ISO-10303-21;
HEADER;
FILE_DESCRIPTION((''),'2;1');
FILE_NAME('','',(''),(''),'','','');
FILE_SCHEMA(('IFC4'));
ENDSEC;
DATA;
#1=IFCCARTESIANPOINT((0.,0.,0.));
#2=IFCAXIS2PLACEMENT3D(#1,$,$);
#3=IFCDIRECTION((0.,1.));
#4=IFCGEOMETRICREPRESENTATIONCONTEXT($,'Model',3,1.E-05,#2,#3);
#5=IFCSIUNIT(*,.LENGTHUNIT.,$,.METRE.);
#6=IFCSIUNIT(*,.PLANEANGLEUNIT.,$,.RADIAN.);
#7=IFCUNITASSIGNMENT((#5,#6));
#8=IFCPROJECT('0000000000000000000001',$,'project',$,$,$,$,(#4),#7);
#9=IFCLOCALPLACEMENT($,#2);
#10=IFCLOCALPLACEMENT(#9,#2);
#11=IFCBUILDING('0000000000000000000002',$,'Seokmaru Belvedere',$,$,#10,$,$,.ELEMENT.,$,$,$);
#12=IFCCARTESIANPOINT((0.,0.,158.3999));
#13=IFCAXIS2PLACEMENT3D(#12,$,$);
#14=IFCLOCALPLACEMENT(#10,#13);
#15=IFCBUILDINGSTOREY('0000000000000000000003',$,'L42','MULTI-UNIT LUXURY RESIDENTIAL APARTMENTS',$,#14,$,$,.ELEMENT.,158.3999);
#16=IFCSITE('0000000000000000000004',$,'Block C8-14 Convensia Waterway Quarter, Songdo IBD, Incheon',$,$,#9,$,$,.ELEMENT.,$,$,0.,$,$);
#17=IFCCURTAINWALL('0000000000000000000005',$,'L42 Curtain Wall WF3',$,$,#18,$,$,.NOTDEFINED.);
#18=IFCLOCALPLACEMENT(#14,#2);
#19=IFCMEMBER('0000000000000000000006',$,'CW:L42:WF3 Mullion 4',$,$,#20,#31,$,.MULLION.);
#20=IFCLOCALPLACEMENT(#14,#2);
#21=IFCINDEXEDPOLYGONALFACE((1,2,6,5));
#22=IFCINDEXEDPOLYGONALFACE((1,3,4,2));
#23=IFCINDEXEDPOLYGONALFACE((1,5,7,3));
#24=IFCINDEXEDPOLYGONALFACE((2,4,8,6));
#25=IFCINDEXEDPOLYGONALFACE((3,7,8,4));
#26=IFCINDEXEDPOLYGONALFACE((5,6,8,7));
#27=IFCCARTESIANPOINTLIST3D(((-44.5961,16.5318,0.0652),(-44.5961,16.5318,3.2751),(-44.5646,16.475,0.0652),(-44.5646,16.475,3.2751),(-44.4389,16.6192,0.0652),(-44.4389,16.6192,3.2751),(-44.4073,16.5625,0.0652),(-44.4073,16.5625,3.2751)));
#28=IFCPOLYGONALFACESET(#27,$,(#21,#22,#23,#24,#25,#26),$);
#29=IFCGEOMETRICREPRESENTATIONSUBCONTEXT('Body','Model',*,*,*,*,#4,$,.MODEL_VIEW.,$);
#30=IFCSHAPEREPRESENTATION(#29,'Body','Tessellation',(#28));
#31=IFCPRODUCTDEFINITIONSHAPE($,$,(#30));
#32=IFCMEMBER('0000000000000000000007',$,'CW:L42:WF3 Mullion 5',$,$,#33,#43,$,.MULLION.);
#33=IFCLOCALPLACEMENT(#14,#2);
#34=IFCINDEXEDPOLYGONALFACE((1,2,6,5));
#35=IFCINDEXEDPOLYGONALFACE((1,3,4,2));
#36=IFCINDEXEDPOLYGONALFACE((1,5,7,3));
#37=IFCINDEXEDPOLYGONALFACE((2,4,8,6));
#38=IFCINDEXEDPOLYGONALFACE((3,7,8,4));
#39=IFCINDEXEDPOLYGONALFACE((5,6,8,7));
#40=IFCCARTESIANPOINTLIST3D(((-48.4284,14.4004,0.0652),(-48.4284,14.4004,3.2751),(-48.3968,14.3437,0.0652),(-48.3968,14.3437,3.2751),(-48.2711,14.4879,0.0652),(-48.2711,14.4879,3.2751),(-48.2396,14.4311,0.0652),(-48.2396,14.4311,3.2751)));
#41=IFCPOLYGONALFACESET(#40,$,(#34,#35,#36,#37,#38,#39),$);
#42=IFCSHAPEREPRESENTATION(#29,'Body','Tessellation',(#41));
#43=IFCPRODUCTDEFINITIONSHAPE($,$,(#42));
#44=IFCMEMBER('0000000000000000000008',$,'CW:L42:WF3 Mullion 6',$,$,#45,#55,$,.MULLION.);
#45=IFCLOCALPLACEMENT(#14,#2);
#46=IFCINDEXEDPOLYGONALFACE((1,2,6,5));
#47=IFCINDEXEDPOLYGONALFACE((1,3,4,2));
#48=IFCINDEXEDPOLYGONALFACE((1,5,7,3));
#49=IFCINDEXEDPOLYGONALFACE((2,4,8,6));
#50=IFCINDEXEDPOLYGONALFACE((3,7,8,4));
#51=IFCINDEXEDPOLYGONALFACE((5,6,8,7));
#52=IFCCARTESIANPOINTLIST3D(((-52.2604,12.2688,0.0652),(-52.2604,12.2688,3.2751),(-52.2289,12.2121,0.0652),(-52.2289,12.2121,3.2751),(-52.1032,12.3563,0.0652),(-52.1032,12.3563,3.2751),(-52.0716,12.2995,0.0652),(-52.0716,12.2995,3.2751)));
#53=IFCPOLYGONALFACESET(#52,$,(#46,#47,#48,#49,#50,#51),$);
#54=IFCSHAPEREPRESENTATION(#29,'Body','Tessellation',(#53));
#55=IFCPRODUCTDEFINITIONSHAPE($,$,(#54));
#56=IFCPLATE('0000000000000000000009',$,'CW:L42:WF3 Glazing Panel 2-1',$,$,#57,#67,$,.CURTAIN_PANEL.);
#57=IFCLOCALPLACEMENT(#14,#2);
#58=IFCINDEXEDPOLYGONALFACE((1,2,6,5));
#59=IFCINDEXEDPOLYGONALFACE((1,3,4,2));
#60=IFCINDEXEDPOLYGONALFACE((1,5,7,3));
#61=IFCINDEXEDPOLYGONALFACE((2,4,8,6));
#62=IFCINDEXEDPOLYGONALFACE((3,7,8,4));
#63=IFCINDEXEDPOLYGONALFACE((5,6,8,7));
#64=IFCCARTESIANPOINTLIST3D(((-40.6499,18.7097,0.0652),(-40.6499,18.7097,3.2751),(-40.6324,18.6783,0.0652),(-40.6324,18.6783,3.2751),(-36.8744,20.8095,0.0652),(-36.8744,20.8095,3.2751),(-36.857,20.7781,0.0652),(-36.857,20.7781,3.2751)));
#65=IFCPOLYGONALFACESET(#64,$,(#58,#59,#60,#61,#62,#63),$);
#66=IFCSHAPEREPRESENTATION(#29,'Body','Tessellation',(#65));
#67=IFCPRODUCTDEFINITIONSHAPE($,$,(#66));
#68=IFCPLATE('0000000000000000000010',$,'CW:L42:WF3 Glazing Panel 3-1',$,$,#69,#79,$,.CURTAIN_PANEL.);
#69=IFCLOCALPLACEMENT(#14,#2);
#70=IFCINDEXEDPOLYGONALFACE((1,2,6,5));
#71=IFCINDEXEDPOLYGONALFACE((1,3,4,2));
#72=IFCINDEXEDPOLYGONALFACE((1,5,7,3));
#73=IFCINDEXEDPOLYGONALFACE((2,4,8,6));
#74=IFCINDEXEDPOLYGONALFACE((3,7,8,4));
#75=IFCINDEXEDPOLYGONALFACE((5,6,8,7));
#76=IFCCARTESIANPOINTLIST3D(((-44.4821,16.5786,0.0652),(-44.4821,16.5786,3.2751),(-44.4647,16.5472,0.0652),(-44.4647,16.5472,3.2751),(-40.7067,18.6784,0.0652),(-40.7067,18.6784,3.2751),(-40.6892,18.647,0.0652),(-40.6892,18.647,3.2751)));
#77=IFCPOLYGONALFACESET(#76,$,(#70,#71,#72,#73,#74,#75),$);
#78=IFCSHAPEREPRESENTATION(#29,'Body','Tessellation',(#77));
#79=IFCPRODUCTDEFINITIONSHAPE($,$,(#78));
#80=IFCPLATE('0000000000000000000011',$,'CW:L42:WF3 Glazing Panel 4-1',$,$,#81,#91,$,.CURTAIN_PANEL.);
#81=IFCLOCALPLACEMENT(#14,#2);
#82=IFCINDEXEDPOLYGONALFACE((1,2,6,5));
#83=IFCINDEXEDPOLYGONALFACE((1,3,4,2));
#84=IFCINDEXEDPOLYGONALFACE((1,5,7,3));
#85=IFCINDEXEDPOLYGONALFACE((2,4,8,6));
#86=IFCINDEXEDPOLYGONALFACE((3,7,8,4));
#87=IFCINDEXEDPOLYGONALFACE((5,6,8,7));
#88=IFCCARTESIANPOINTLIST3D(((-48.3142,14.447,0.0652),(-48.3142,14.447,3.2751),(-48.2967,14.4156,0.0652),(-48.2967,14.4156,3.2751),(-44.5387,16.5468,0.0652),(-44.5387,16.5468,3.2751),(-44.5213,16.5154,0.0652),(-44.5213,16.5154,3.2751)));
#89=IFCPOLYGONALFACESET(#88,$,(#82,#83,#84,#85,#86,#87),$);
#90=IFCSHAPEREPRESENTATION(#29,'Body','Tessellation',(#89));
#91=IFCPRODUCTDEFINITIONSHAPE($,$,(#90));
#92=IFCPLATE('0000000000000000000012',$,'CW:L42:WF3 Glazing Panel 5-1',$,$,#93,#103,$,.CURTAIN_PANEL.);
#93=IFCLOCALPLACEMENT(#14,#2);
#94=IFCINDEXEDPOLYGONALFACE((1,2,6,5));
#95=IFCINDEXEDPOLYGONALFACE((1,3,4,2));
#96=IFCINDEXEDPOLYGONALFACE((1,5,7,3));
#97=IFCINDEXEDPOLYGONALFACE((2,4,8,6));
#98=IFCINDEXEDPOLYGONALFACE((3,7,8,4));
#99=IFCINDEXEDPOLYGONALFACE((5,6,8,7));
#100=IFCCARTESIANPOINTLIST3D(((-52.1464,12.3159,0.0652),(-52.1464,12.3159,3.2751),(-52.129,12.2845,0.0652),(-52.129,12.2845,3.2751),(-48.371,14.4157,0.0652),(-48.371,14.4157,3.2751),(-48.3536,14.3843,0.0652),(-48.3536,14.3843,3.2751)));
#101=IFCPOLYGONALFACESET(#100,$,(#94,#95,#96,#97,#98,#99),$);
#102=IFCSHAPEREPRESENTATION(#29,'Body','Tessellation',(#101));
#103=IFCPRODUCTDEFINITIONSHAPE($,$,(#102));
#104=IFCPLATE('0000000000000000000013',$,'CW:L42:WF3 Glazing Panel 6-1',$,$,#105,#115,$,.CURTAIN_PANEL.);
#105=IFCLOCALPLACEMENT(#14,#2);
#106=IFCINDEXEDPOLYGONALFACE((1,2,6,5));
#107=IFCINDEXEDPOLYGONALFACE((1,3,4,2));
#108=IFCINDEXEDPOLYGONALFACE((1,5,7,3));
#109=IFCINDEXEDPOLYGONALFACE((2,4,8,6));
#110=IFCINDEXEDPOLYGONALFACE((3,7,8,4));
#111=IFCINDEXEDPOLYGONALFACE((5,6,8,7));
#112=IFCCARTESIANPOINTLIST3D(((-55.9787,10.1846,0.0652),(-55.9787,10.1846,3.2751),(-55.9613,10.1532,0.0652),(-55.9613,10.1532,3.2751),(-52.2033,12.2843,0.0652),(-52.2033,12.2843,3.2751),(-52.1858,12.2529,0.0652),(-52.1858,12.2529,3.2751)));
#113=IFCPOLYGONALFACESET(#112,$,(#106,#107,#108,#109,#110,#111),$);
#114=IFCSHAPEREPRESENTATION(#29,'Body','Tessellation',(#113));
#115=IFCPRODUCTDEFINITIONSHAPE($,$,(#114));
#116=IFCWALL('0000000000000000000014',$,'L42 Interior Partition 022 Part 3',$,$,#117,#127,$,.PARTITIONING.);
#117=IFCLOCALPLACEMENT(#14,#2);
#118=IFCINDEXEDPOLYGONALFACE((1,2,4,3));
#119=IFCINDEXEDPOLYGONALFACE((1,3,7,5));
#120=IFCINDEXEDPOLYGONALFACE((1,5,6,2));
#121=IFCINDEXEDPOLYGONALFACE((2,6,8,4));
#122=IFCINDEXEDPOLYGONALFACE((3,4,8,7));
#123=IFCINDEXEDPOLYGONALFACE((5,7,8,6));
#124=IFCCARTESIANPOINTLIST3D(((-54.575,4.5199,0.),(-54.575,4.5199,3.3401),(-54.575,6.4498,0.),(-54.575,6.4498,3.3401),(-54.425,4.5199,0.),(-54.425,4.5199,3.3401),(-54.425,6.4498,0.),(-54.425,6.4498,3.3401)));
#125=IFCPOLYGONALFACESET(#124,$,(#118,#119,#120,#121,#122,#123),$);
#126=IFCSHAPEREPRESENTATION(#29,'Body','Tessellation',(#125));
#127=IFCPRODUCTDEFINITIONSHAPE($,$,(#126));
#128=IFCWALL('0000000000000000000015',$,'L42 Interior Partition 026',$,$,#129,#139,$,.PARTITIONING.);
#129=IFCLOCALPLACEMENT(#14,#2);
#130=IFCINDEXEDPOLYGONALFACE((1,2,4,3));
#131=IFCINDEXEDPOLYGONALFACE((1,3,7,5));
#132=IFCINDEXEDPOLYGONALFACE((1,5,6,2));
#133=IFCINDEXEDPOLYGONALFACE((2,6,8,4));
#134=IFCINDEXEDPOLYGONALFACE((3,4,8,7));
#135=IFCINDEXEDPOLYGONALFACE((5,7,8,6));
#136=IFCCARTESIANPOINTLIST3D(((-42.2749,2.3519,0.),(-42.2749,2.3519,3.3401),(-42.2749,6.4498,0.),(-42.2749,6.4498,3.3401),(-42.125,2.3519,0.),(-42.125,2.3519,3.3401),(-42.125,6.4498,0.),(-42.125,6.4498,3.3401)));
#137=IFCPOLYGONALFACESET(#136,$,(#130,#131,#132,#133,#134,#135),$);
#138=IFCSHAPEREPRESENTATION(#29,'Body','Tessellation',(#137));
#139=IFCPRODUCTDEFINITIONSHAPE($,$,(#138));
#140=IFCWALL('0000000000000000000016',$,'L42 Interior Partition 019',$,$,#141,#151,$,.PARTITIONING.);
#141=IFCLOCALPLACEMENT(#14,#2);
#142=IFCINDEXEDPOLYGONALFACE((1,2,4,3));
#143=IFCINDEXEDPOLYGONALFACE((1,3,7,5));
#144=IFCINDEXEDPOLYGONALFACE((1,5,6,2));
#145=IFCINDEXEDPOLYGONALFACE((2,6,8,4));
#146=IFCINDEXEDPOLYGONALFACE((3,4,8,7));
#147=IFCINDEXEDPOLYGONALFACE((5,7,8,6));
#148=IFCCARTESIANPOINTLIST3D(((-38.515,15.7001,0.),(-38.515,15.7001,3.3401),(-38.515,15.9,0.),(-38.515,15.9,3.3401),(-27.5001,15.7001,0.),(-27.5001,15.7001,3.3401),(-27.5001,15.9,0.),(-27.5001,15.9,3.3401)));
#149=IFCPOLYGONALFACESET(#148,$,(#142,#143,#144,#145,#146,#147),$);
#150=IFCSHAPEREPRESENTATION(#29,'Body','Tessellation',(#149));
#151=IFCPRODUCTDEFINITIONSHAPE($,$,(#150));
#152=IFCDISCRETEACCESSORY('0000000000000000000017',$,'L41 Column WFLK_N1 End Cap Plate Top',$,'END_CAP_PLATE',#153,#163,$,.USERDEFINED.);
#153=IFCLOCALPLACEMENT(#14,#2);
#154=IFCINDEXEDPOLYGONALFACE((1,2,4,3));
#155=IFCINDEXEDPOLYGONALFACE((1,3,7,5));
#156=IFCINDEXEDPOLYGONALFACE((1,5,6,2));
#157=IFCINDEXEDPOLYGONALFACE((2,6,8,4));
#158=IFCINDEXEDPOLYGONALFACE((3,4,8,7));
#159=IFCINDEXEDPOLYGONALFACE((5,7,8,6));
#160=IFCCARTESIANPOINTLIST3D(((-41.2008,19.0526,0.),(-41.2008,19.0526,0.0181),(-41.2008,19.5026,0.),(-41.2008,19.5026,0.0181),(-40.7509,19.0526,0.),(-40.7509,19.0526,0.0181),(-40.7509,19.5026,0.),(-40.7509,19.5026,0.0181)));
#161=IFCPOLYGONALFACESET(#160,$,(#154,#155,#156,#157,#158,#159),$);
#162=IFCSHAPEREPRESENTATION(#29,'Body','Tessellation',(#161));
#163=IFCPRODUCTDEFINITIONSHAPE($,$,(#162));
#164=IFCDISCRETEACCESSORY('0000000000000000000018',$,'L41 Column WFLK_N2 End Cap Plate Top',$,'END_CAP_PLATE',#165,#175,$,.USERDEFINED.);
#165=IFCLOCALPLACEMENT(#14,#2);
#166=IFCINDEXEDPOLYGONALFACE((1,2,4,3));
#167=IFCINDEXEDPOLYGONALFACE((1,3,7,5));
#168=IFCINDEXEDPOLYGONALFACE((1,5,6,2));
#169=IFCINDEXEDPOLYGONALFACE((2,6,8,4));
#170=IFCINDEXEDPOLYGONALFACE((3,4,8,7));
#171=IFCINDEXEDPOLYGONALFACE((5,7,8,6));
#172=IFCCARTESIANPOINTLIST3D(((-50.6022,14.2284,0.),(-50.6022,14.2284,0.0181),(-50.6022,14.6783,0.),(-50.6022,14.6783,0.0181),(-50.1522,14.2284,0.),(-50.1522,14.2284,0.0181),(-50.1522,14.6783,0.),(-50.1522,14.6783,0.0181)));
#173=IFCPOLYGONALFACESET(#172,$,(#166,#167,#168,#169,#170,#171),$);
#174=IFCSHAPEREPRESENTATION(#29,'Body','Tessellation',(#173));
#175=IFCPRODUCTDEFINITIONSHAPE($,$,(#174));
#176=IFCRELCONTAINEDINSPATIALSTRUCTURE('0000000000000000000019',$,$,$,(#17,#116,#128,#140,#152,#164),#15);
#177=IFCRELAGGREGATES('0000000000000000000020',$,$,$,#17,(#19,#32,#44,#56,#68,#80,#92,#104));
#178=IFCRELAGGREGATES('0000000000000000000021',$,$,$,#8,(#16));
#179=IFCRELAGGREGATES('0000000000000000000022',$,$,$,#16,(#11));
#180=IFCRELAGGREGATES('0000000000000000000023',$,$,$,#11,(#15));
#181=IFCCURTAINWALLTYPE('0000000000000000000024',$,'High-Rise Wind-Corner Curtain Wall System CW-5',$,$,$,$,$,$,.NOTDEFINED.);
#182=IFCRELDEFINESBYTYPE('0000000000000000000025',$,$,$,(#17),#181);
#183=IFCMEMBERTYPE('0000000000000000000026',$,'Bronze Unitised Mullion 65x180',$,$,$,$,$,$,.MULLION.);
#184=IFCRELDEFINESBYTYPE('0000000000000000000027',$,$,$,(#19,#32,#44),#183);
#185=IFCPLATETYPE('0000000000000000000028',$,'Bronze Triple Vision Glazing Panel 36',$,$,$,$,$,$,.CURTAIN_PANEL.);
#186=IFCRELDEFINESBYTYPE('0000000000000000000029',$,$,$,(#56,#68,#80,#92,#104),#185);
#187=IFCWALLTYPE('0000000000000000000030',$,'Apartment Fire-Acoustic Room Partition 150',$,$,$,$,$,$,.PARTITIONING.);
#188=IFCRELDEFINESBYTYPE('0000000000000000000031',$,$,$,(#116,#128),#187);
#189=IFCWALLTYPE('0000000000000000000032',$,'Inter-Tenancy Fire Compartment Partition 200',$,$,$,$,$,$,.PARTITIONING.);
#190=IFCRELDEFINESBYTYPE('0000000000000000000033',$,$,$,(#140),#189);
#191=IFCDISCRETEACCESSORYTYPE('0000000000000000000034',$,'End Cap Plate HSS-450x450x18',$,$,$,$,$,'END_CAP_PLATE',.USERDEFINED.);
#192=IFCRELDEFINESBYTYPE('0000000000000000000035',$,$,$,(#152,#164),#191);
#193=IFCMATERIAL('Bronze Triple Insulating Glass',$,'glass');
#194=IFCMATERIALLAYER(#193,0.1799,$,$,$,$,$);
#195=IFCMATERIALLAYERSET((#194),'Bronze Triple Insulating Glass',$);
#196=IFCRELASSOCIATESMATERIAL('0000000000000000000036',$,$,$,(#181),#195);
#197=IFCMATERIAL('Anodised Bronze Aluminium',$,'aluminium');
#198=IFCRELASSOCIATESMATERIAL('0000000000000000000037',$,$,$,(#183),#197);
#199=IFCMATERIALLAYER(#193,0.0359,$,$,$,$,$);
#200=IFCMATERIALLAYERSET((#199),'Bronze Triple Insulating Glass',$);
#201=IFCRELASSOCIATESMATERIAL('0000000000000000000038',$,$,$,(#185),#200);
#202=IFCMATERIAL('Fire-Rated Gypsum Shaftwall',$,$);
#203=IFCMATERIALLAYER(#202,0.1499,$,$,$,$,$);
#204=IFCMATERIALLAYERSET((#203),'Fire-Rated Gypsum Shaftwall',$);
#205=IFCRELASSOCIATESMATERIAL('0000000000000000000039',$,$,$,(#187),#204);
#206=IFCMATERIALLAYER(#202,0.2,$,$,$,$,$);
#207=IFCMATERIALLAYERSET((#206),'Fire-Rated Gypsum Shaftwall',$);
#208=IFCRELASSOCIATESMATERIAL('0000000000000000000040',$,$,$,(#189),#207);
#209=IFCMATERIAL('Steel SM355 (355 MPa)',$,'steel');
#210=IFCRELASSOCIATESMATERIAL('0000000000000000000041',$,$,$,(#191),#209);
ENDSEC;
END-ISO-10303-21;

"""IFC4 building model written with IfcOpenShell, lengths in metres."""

from ifc_helpers import new_model, si_unit, direction, frame, frame_2d, origin, origin_2d, place, context, subcontext, project, spatial, rectangle, extrude, source, transform, mapped, material, layer, layer_set, material_profile, profile_set, type_object, type_shapes, element, aggregate, save


model = new_model("IFC4")

# Units and contexts
model_context = context("Model", 3, precision=1e-05, world=origin(), true_north=direction((0.0, 1.0)))
body_context = subcontext(model_context, "Body", "Model", "MODEL_VIEW")
ifc_project = project(units=[si_unit("LENGTHUNIT", "METRE"), si_unit("PLANEANGLEUNIT", "RADIAN")], contexts=[model_context])

# Site, building, storey
site_placement = place(None, origin())
site = spatial("IfcSite", under=ifc_project, at=site_placement, Name="Block C8-14 Convensia Waterway Quarter, Songdo IBD, Incheon", CompositionType="ELEMENT", RefElevation=0.0)
building_placement = place(site_placement, origin())
building = spatial("IfcBuilding", under=site, at=building_placement, Name="Seokmaru Belvedere", CompositionType="ELEMENT")
storey_placement = place(building_placement, frame((0.0, 0.0, 158.3999)))
storey = spatial("IfcBuildingStorey", under=building, at=storey_placement, Name="L42", Description="MULTI-UNIT LUXURY RESIDENTIAL APARTMENTS", CompositionType="ELEMENT", Elevation=158.3999)

# Shared definitions
ifc_material_1 = material(Name="Steel SM355 (355 MPa)", Category="steel")

# Curtain wall, members, plates
ifc_material_2 = material(Name="Bronze Triple Insulating Glass", Category="glass")
ifc_layer_1 = layer(ifc_material_2, 0.1799)
ifc_layer_set_1 = layer_set([ifc_layer_1], Name="Bronze Triple Insulating Glass")
curtain_wall_type = type_object("IfcCurtainWallType", Name="High-Rise Wind-Corner Curtain Wall System CW-5", PredefinedType="NOTDEFINED", material=ifc_layer_set_1)
curtain_wall_placement = place(storey_placement, origin())
curtain_wall = element("IfcCurtainWall", 1, at=curtain_wall_placement, inside=storey, type_object=curtain_wall_type, Name="L42 Curtain Wall WF3", PredefinedType="NOTDEFINED")
ifc_material_3 = material(Name="Anodised Bronze Aluminium", Category="aluminium")
ifc_material_profile_1 = material_profile(ifc_material_3, rectangle(XDim=0.0649, YDim=0.1799, at=origin_2d()), Name="CW-M-65x180")
ifc_profile_set_1 = profile_set([ifc_material_profile_1], Name="Anodised Bronze Aluminium")
member_type = type_object("IfcMemberType", Name="Bronze Unitised Mullion 65x180", PredefinedType="MULLION", material=ifc_profile_set_1)
shared_shape_1 = source(origin(), body_context, "Body", "SweptSolid", [
    extrude(rectangle(XDim=0.0649, YDim=0.1799, at=origin_2d()), origin(), (0.0, 0.0, 1.0), 3.21),
])
type_shapes(member_type, [shared_shape_1])
member_1_placement = place(storey_placement, frame((-44.5017, 16.5471, 0.0652), z_axis=(0.0, 0.0, 1.0), x_axis=(0.486047, -0.873933, 0.0)))
member_1 = element("IfcMember", 2, at=member_1_placement, type_object=member_type, Name="CW:L42:WF3 Mullion 4", PredefinedType="MULLION", context=body_context, shape_type="MappedRepresentation", body=[
    mapped(shared_shape_1, transform((0.0, 0.0, 0.0), scale=1.0)),
])
member_2_placement = place(storey_placement, frame((-48.334, 14.4158, 0.0652), z_axis=(0.0, 0.0, 1.0), x_axis=(0.486047, -0.873933, 0.0)))
member_2 = element("IfcMember", 3, at=member_2_placement, type_object=member_type, Name="CW:L42:WF3 Mullion 5", PredefinedType="MULLION", context=body_context, shape_type="MappedRepresentation", body=[
    mapped(shared_shape_1, transform((0.0, 0.0, 0.0), scale=1.0)),
])
member_3_placement = place(storey_placement, frame((-52.166, 12.2842, 0.0652), z_axis=(0.0, 0.0, 1.0), x_axis=(0.486047, -0.873933, 0.0)))
member_3 = element("IfcMember", 4, at=member_3_placement, type_object=member_type, Name="CW:L42:WF3 Mullion 6", PredefinedType="MULLION", context=body_context, shape_type="MappedRepresentation", body=[
    mapped(shared_shape_1, transform((0.0, 0.0, 0.0), scale=1.0)),
])
ifc_layer_2 = layer(ifc_material_2, 0.0359)
ifc_layer_set_2 = layer_set([ifc_layer_2], Name="Bronze Triple Insulating Glass")
plate_type = type_object("IfcPlateType", Name="Bronze Triple Vision Glazing Panel 36", PredefinedType="CURTAIN_PANEL", material=ifc_layer_set_2)
shared_shape_2 = source(origin(), body_context, "Body", "SweptSolid", [
    extrude(rectangle(XDim=4.3201, YDim=0.0359, at=origin_2d()), origin(), (0.0, 0.0, 1.0), 3.21),
])
type_shapes(plate_type, [shared_shape_2])
plate_1_placement = place(storey_placement, frame((-38.7534, 19.7439, 0.0652), z_axis=(0.0, 0.0, 1.0), x_axis=(-0.873933, -0.486047, 0.0)))
plate_1 = element("IfcPlate", 5, at=plate_1_placement, type_object=plate_type, Name="CW:L42:WF3 Glazing Panel 2-1", PredefinedType="CURTAIN_PANEL", context=body_context, shape_type="MappedRepresentation", body=[
    mapped(shared_shape_2, transform((0.0, 0.0, 0.0), scale=1.0)),
])
plate_2_placement = place(storey_placement, frame((-42.5857, 17.6128, 0.0652), z_axis=(0.0, 0.0, 1.0), x_axis=(-0.873933, -0.486047, 0.0)))
plate_2 = element("IfcPlate", 6, at=plate_2_placement, type_object=plate_type, Name="CW:L42:WF3 Glazing Panel 3-1", PredefinedType="CURTAIN_PANEL", context=body_context, shape_type="MappedRepresentation", body=[
    mapped(shared_shape_2, transform((0.0, 0.0, 0.0), scale=1.0)),
])
plate_3_placement = place(storey_placement, frame((-46.4177, 15.4812, 0.0652), z_axis=(0.0, 0.0, 1.0), x_axis=(-0.873933, -0.486047, 0.0)))
plate_3 = element("IfcPlate", 7, at=plate_3_placement, type_object=plate_type, Name="CW:L42:WF3 Glazing Panel 4-1", PredefinedType="CURTAIN_PANEL", context=body_context, shape_type="MappedRepresentation", body=[
    mapped(shared_shape_2, transform((0.0, 0.0, 0.0), scale=1.0)),
])
plate_4_placement = place(storey_placement, frame((-50.25, 13.3501, 0.0652), z_axis=(0.0, 0.0, 1.0), x_axis=(-0.873933, -0.486047, 0.0)))
plate_4 = element("IfcPlate", 8, at=plate_4_placement, type_object=plate_type, Name="CW:L42:WF3 Glazing Panel 5-1", PredefinedType="CURTAIN_PANEL", context=body_context, shape_type="MappedRepresentation", body=[
    mapped(shared_shape_2, transform((0.0, 0.0, 0.0), scale=1.0)),
])
plate_5_placement = place(storey_placement, frame((-54.0823, 11.2188, 0.0652), z_axis=(0.0, 0.0, 1.0), x_axis=(-0.873933, -0.486047, 0.0)))
plate_5 = element("IfcPlate", 9, at=plate_5_placement, type_object=plate_type, Name="CW:L42:WF3 Glazing Panel 6-1", PredefinedType="CURTAIN_PANEL", context=body_context, shape_type="MappedRepresentation", body=[
    mapped(shared_shape_2, transform((0.0, 0.0, 0.0), scale=1.0)),
])
aggregate(curtain_wall, [member_1, member_2, member_3, plate_1, plate_2, plate_3, plate_4, plate_5])

# Shared definitions
ifc_material_4 = material(Name="Fire-Rated Gypsum Shaftwall")
ifc_layer_3 = layer(ifc_material_4, 0.1499)
ifc_layer_set_3 = layer_set([ifc_layer_3], Name="Fire-Rated Gypsum Shaftwall")
wall_type_1 = type_object("IfcWallType", Name="Apartment Fire-Acoustic Room Partition 150", PredefinedType="PARTITIONING", material=ifc_layer_set_3)

# Walls
wall_1_placement = place(storey_placement, frame((-54.5, 4.52, 0.0), z_axis=(0.0, 0.0, 1.0), x_axis=(0.0, 1.0, 0.0)))
element("IfcWall", 10, at=wall_1_placement, inside=storey, type_object=wall_type_1, Name="L42 Interior Partition 022 Part 3", PredefinedType="PARTITIONING", context=body_context, shape_type="SweptSolid", body=[
    extrude(rectangle(XDim=1.9299, YDim=0.1499, at=frame_2d((0.9648, 0.0))), origin(), (0.0, 0.0, 1.0), 3.3401),
])
wall_2_placement = place(storey_placement, frame((-42.2, 2.3521, 0.0), z_axis=(0.0, 0.0, 1.0), x_axis=(0.0, 1.0, 0.0)))
element("IfcWall", 11, at=wall_2_placement, inside=storey, type_object=wall_type_1, Name="L42 Interior Partition 026", PredefinedType="PARTITIONING", context=body_context, shape_type="SweptSolid", body=[
    extrude(rectangle(XDim=4.0979, YDim=0.1499, at=frame_2d((2.0488, 0.0))), origin(), (0.0, 0.0, 1.0), 3.3401),
])
ifc_layer_4 = layer(ifc_material_4, 0.2)
ifc_layer_set_4 = layer_set([ifc_layer_4], Name="Fire-Rated Gypsum Shaftwall")
wall_type_2 = type_object("IfcWallType", Name="Inter-Tenancy Fire Compartment Partition 200", PredefinedType="PARTITIONING", material=ifc_layer_set_4)
wall_3_placement = place(storey_placement, frame((-38.5149, 15.8, 0.0), z_axis=(0.0, 0.0, 1.0), x_axis=(1.0, 0.0, 0.0)))
element("IfcWall", 12, at=wall_3_placement, inside=storey, type_object=wall_type_2, Name="L42 Interior Partition 019", PredefinedType="PARTITIONING", context=body_context, shape_type="SweptSolid", body=[
    extrude(rectangle(XDim=11.0149, YDim=0.2, at=frame_2d((5.5073, 0.0))), origin(), (0.0, 0.0, 1.0), 3.3401),
])

# Discrete accessories
discrete_accessory_type = type_object("IfcDiscreteAccessoryType", Name="End Cap Plate HSS-450x450x18", ElementType="END_CAP_PLATE", PredefinedType="USERDEFINED", material=ifc_material_1)
shared_shape_3 = source(origin(), body_context, "Body", "SweptSolid", [
    extrude(rectangle(XDim=0.45, YDim=0.45, at=origin_2d()), origin(), (0.0, 0.0, 1.0), 0.0181),
])
type_shapes(discrete_accessory_type, [shared_shape_3])
for number, where, z_axis, x_axis, name in (
    (13, (-40.9758, 19.2776, 0.0), (0.0, 0.0, 1.0), (1.0, 0.0, 0.0), "L41 Column WFLK_N1 End Cap Plate Top"),
    (14, (-50.3772, 14.4534, 0.0), (0.0, 0.0, 1.0), (1.0, 0.0, 0.0), "L41 Column WFLK_N2 End Cap Plate Top"),
):
    element("IfcDiscreteAccessory", number, at=place(storey_placement, frame(where, z_axis=z_axis, x_axis=x_axis)), inside=storey, type_object=discrete_accessory_type, Name=name, ObjectType="END_CAP_PLATE", PredefinedType="USERDEFINED", context=body_context, shape_type="MappedRepresentation", body=[
        mapped(shared_shape_3, transform((0.0, 0.0, 0.0), scale=1.0)),
    ])

save(model, "model.ifc")
